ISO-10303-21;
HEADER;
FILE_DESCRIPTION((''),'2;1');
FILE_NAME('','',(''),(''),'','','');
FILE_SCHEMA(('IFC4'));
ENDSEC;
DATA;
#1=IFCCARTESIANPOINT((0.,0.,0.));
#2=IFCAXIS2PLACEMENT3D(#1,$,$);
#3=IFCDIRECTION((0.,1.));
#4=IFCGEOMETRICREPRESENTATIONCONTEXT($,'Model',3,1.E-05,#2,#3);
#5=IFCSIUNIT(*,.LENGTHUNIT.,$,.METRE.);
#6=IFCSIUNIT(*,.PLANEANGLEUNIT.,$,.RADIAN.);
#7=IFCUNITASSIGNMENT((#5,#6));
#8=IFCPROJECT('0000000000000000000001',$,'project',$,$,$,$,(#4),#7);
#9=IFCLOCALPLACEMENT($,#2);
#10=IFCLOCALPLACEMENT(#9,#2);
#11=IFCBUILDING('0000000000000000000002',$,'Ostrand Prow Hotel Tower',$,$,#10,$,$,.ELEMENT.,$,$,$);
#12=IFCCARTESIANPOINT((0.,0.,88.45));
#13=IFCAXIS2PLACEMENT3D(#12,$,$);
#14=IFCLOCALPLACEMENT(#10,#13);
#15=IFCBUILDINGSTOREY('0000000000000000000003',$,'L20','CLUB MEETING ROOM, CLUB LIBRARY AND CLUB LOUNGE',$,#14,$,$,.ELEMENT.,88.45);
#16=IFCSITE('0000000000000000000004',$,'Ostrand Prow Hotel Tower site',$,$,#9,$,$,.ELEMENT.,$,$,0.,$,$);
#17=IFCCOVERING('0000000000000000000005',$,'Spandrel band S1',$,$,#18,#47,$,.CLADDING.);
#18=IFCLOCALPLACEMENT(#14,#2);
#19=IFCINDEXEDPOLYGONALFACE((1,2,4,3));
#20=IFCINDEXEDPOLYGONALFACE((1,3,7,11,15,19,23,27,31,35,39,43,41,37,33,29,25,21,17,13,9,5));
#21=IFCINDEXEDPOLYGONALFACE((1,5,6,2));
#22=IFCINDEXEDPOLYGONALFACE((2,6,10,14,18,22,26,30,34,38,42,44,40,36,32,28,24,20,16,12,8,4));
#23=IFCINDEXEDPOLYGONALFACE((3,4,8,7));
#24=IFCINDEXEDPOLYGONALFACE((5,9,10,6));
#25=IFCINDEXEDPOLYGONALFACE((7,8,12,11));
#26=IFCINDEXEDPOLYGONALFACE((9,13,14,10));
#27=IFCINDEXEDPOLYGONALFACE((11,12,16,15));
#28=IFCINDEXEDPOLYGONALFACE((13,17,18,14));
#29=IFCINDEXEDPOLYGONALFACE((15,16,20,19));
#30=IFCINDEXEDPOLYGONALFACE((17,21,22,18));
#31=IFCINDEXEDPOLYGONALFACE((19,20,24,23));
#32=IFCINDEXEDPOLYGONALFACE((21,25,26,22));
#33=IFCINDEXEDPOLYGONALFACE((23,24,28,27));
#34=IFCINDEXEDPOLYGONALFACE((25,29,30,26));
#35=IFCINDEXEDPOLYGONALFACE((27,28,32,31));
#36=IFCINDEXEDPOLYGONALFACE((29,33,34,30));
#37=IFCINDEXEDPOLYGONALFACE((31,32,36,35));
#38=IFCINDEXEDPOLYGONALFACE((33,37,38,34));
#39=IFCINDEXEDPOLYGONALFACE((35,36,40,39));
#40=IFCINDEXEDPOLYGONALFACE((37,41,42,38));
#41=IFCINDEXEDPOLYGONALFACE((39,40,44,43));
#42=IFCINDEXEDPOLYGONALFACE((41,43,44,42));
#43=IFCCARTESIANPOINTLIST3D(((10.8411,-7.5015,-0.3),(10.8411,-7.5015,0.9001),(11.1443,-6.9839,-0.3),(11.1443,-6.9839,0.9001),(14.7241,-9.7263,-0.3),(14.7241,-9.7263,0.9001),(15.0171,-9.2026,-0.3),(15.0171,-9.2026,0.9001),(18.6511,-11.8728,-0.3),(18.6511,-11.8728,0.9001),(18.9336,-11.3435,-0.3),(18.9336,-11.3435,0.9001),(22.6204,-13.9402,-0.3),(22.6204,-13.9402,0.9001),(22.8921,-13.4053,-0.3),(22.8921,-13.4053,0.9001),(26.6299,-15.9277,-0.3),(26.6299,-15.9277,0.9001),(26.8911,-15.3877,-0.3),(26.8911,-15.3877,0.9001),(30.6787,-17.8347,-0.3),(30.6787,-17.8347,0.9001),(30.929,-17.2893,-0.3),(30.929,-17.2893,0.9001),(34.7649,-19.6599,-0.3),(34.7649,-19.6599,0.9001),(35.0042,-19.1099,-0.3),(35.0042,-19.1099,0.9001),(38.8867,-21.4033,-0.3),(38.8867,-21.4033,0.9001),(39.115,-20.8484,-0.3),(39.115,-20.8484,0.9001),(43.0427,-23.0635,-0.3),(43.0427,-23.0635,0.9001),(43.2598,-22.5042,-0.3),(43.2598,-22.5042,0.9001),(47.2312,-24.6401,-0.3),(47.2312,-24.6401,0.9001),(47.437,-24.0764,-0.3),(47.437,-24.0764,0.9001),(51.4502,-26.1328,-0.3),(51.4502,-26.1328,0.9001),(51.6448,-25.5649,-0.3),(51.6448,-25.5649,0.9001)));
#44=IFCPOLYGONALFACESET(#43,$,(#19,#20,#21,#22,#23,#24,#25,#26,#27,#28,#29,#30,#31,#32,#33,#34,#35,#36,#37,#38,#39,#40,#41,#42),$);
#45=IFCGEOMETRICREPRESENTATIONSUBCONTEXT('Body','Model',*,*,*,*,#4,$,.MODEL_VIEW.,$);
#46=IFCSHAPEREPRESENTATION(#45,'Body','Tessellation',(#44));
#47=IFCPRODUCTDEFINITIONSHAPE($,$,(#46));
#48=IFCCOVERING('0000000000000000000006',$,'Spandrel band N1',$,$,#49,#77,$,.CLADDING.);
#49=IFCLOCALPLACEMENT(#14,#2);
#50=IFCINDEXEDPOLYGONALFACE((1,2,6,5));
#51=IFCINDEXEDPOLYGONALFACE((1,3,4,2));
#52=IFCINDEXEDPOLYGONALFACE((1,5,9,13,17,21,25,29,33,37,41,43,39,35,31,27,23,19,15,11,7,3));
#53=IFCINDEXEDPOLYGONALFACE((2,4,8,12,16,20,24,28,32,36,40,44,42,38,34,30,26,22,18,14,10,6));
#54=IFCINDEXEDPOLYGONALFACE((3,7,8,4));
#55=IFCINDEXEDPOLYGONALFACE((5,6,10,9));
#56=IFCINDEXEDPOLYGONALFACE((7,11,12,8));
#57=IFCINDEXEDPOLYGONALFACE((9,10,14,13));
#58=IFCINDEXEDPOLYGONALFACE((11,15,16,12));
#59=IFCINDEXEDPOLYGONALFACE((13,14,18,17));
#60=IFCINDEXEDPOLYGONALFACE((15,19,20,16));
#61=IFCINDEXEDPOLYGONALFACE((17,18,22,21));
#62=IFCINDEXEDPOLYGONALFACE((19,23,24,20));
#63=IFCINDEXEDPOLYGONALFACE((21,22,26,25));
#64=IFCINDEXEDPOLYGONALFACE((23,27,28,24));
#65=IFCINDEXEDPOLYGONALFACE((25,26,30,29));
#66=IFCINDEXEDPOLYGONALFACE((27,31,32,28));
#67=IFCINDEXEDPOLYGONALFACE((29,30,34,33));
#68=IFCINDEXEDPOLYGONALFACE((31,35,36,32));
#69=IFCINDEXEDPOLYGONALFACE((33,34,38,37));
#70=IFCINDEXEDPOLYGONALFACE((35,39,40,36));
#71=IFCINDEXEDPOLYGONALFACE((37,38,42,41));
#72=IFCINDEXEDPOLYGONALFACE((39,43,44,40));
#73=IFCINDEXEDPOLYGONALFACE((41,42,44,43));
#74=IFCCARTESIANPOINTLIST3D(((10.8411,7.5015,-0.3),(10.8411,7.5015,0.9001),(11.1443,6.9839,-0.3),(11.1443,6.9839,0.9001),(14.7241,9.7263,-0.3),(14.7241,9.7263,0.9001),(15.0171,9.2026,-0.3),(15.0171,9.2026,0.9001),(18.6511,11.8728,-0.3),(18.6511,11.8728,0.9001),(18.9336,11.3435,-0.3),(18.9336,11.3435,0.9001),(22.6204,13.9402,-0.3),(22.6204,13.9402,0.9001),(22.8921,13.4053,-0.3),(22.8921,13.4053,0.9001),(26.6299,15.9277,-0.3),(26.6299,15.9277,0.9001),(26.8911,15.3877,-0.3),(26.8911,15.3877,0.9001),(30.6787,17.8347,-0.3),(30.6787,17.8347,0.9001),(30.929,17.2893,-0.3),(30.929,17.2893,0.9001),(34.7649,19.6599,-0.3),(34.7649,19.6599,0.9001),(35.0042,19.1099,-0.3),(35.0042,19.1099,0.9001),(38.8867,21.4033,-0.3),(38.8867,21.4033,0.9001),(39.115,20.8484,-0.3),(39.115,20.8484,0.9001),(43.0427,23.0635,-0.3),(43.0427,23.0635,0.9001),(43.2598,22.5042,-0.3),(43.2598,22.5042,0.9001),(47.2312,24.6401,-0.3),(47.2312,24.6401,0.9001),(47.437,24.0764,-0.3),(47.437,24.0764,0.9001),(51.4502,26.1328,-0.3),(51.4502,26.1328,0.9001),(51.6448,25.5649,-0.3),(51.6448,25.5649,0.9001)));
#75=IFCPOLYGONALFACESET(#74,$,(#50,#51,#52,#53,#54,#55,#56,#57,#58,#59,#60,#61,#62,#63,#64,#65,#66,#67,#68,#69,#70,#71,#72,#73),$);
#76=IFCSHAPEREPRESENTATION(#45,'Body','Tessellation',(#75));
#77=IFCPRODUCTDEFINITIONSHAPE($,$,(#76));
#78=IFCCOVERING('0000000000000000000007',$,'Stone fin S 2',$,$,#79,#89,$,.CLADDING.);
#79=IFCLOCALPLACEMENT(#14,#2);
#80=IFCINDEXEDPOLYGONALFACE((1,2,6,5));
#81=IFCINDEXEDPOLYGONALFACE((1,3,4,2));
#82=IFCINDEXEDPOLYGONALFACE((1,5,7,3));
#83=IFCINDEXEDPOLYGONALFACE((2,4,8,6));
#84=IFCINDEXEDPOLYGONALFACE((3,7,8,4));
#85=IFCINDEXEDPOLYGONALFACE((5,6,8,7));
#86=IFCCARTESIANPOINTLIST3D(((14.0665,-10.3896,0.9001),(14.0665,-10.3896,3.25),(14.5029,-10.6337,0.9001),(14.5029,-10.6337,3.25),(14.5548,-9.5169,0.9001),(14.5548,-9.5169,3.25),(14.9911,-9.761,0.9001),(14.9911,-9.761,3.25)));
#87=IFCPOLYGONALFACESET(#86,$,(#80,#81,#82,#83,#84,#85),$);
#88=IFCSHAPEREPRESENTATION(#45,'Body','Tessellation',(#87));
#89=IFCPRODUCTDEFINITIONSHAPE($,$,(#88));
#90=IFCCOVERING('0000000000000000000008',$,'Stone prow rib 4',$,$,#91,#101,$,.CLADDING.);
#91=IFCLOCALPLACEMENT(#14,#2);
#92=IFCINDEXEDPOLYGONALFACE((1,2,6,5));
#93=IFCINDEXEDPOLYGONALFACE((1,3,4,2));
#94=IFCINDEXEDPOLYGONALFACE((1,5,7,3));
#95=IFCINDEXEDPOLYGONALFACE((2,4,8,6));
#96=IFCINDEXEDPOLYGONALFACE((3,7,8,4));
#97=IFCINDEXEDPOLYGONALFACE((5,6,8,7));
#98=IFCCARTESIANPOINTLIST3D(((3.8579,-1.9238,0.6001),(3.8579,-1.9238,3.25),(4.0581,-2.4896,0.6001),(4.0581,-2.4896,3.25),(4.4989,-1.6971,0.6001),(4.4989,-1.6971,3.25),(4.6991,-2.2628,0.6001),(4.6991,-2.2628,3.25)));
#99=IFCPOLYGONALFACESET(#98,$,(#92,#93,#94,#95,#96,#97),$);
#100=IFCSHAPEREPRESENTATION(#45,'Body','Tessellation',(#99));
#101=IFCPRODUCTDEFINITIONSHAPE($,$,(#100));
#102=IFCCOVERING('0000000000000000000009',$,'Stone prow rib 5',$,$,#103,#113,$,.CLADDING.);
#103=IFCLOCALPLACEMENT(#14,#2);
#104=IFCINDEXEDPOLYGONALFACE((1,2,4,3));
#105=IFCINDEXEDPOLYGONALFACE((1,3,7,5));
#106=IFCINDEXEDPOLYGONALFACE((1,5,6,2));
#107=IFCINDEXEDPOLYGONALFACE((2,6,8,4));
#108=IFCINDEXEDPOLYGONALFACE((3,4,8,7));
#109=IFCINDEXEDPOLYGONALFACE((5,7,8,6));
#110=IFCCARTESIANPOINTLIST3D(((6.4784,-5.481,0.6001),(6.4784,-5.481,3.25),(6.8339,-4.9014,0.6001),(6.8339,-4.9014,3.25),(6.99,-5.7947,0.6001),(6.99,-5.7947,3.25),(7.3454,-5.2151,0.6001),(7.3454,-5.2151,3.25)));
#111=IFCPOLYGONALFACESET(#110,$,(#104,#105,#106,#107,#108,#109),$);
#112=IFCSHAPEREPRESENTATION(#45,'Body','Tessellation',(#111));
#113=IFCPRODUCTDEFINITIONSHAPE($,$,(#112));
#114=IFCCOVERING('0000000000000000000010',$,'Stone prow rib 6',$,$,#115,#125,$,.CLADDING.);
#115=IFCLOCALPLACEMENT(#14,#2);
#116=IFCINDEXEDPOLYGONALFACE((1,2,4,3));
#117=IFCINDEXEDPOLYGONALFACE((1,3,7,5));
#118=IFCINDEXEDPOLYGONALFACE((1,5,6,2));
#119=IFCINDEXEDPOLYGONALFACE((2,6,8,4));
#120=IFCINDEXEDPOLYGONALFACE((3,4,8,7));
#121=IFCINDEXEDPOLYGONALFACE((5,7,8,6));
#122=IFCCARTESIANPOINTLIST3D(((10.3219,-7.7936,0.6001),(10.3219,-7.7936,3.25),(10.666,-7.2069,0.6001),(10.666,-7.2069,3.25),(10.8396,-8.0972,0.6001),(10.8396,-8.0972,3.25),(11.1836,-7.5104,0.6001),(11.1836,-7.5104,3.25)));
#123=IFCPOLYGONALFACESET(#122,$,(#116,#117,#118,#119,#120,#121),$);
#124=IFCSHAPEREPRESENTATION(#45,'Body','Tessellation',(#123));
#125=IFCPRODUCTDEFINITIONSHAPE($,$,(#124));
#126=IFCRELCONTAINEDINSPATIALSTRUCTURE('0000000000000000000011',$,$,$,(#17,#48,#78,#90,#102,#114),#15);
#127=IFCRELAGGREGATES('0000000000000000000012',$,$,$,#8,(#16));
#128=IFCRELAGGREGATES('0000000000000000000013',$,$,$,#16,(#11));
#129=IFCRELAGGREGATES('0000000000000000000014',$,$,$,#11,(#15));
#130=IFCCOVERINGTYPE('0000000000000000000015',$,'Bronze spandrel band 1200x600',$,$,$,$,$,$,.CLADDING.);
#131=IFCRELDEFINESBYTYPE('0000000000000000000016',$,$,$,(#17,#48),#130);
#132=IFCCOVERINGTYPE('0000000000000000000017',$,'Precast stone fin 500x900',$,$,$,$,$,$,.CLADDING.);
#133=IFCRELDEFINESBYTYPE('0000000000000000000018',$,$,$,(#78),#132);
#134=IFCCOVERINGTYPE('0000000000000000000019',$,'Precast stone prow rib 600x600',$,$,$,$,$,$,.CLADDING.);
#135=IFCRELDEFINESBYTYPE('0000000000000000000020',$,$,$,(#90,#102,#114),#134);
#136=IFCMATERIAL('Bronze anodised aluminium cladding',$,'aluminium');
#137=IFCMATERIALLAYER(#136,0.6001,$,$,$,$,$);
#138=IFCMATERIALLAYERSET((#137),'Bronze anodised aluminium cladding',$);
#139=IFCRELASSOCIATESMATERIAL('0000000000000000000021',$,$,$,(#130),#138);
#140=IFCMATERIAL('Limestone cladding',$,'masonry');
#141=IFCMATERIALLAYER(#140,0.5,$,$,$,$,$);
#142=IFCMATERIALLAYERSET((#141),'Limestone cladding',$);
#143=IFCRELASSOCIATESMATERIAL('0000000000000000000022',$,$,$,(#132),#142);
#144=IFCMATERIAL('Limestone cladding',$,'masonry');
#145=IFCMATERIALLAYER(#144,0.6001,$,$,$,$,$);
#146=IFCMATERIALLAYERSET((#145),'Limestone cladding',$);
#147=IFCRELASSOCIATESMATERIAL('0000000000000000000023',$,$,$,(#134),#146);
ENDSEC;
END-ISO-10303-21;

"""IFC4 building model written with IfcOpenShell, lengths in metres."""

from ifc_helpers import new_model, si_unit, direction, frame, frame_2d, origin, place, context, subcontext, project, spatial, polyline, rectangle, outline, extrude, material, layer, layer_set, type_object, element, save


model = new_model("IFC4")

# Units and contexts
model_context = context("Model", 3, precision=1e-05, world=origin(), true_north=direction((0.0, 1.0)))
body_context = subcontext(model_context, "Body", "Model", "MODEL_VIEW")
ifc_project = project(units=[si_unit("LENGTHUNIT", "METRE"), si_unit("PLANEANGLEUNIT", "RADIAN")], contexts=[model_context])

# Site, building, storey
site_placement = place(None, origin())
site = spatial("IfcSite", under=ifc_project, at=site_placement, Name="Ostrand Prow Hotel Tower site", CompositionType="ELEMENT", RefElevation=0.0)
building_placement = place(site_placement, origin())
building = spatial("IfcBuilding", under=site, at=building_placement, Name="Ostrand Prow Hotel Tower", CompositionType="ELEMENT")
storey_placement = place(building_placement, frame((0.0, 0.0, 88.45)))
storey = spatial("IfcBuildingStorey", under=building, at=storey_placement, Name="L20", Description="CLUB MEETING ROOM, CLUB LIBRARY AND CLUB LOUNGE", CompositionType="ELEMENT", Elevation=88.45)

# Coverings
ifc_material_1 = material(Name="Bronze anodised aluminium cladding", Category="aluminium")
ifc_layer_1 = layer(ifc_material_1, 0.6001)
ifc_layer_set_1 = layer_set([ifc_layer_1], Name="Bronze anodised aluminium cladding")
covering_type_1 = type_object("IfcCoveringType", Name="Bronze spandrel band 1200x600", PredefinedType="CLADDING", material=ifc_layer_set_1)
covering_1_placement = place(storey_placement, frame((0.0, 0.0, -0.3)))
element("IfcCovering", 1, at=covering_1_placement, inside=storey, type_object=covering_type_1, Name="Spandrel band S1", PredefinedType="CLADDING", context=body_context, shape_type="SweptSolid", body=[
    extrude(outline(polyline([(10.8411, -7.5015), (14.7241, -9.7263), (18.6511, -11.8728), (22.6204, -13.9402), (26.6299, -15.9277), (30.6787, -17.8347), (34.7649, -19.6599), (38.8867, -21.4033), (43.0427, -23.0635), (47.2312, -24.6401), (51.4502, -26.1328), (51.6448, -25.5649), (47.437, -24.0764), (43.2598, -22.5042), (39.115, -20.8484), (35.0042, -19.1099), (30.929, -17.2893), (26.8911, -15.3877), (22.8921, -13.4053), (18.9336, -11.3435), (15.0171, -9.2026), (11.1443, -6.9839), (10.8411, -7.5015)])), origin(), (0.0, 0.0, 1.0), 1.2002),
])
covering_2_placement = place(storey_placement, frame((0.0, 0.0, -0.3)))
element("IfcCovering", 2, at=covering_2_placement, inside=storey, type_object=covering_type_1, Name="Spandrel band N1", PredefinedType="CLADDING", context=body_context, shape_type="SweptSolid", body=[
    extrude(outline(polyline([(51.4502, 26.1328), (47.2312, 24.6401), (43.0427, 23.0635), (38.8867, 21.4033), (34.7649, 19.6599), (30.6787, 17.8347), (26.6299, 15.9277), (22.6204, 13.9402), (18.6511, 11.8728), (14.7241, 9.7263), (10.8411, 7.5015), (11.1443, 6.9839), (15.0171, 9.2026), (18.9336, 11.3435), (22.8921, 13.4053), (26.8911, 15.3877), (30.929, 17.2893), (35.0042, 19.1099), (39.115, 20.8484), (43.2598, 22.5042), (47.437, 24.0764), (51.6448, 25.5649), (51.4502, 26.1328)])), origin(), (0.0, 0.0, 1.0), 1.2002),
])
ifc_material_2 = material(Name="Limestone cladding", Category="masonry")
ifc_layer_2 = layer(ifc_material_2, 0.5)
ifc_layer_set_2 = layer_set([ifc_layer_2], Name="Limestone cladding")
covering_type_2 = type_object("IfcCoveringType", Name="Precast stone fin 500x900", PredefinedType="CLADDING", material=ifc_layer_set_2)
covering_3_placement = place(storey_placement, frame((14.7729, -9.6389, 0.9001), z_axis=(0.0, 0.0, 1.0), x_axis=(-0.488232, -0.872714, 0.0)))
element("IfcCovering", 3, at=covering_3_placement, inside=storey, type_object=covering_type_2, Name="Stone fin S 2", PredefinedType="CLADDING", context=body_context, shape_type="SweptSolid", body=[
    extrude(rectangle(XDim=1.0, YDim=0.5, at=frame_2d((0.5, 0.0))), origin(), (0.0, 0.0, 1.0), 2.3499),
])
ifc_material_3 = material(Name="Limestone cladding", Category="masonry")
ifc_layer_3 = layer(ifc_material_3, 0.6001)
ifc_layer_set_3 = layer_set([ifc_layer_3], Name="Limestone cladding")
covering_type_3 = type_object("IfcCoveringType", Name="Precast stone prow rib 600x600", PredefinedType="CLADDING", material=ifc_layer_set_3)
for number, where, z_axis, x_axis, name in (
    (4, (4.5989, -1.98, 0.6001), (0.0, 0.0, 1.0), (-0.942745, -0.333515, 0.0), "Stone prow rib 4"),
    (5, (7.0896, -5.0583, 0.6001), (0.0, 0.0, 1.0), (-0.522815, -0.852446, 0.0), "Stone prow rib 5"),
):
    element("IfcCovering", number, at=place(storey_placement, frame(where, z_axis=z_axis, x_axis=x_axis)), inside=storey, type_object=covering_type_3, Name=name, PredefinedType="CLADDING", context=body_context, shape_type="SweptSolid", body=[
        extrude(rectangle(XDim=0.6799, YDim=0.6001, at=frame_2d((0.3398, 0.0))), origin(), (0.0, 0.0, 1.0), 2.6499),
    ])
covering_4_placement = place(storey_placement, frame((10.9248, -7.3586, 0.6001), z_axis=(0.0, 0.0, 1.0), x_axis=(-0.505812, -0.862644, 0.0)))
element("IfcCovering", 6, at=covering_4_placement, inside=storey, type_object=covering_type_3, Name="Stone prow rib 6", PredefinedType="CLADDING", context=body_context, shape_type="SweptSolid", body=[
    extrude(rectangle(XDim=0.6802, YDim=0.6001, at=frame_2d((0.3401, 0.0))), origin(), (0.0, 0.0, 1.0), 2.6499),
])

save(model, "model.ifc")
